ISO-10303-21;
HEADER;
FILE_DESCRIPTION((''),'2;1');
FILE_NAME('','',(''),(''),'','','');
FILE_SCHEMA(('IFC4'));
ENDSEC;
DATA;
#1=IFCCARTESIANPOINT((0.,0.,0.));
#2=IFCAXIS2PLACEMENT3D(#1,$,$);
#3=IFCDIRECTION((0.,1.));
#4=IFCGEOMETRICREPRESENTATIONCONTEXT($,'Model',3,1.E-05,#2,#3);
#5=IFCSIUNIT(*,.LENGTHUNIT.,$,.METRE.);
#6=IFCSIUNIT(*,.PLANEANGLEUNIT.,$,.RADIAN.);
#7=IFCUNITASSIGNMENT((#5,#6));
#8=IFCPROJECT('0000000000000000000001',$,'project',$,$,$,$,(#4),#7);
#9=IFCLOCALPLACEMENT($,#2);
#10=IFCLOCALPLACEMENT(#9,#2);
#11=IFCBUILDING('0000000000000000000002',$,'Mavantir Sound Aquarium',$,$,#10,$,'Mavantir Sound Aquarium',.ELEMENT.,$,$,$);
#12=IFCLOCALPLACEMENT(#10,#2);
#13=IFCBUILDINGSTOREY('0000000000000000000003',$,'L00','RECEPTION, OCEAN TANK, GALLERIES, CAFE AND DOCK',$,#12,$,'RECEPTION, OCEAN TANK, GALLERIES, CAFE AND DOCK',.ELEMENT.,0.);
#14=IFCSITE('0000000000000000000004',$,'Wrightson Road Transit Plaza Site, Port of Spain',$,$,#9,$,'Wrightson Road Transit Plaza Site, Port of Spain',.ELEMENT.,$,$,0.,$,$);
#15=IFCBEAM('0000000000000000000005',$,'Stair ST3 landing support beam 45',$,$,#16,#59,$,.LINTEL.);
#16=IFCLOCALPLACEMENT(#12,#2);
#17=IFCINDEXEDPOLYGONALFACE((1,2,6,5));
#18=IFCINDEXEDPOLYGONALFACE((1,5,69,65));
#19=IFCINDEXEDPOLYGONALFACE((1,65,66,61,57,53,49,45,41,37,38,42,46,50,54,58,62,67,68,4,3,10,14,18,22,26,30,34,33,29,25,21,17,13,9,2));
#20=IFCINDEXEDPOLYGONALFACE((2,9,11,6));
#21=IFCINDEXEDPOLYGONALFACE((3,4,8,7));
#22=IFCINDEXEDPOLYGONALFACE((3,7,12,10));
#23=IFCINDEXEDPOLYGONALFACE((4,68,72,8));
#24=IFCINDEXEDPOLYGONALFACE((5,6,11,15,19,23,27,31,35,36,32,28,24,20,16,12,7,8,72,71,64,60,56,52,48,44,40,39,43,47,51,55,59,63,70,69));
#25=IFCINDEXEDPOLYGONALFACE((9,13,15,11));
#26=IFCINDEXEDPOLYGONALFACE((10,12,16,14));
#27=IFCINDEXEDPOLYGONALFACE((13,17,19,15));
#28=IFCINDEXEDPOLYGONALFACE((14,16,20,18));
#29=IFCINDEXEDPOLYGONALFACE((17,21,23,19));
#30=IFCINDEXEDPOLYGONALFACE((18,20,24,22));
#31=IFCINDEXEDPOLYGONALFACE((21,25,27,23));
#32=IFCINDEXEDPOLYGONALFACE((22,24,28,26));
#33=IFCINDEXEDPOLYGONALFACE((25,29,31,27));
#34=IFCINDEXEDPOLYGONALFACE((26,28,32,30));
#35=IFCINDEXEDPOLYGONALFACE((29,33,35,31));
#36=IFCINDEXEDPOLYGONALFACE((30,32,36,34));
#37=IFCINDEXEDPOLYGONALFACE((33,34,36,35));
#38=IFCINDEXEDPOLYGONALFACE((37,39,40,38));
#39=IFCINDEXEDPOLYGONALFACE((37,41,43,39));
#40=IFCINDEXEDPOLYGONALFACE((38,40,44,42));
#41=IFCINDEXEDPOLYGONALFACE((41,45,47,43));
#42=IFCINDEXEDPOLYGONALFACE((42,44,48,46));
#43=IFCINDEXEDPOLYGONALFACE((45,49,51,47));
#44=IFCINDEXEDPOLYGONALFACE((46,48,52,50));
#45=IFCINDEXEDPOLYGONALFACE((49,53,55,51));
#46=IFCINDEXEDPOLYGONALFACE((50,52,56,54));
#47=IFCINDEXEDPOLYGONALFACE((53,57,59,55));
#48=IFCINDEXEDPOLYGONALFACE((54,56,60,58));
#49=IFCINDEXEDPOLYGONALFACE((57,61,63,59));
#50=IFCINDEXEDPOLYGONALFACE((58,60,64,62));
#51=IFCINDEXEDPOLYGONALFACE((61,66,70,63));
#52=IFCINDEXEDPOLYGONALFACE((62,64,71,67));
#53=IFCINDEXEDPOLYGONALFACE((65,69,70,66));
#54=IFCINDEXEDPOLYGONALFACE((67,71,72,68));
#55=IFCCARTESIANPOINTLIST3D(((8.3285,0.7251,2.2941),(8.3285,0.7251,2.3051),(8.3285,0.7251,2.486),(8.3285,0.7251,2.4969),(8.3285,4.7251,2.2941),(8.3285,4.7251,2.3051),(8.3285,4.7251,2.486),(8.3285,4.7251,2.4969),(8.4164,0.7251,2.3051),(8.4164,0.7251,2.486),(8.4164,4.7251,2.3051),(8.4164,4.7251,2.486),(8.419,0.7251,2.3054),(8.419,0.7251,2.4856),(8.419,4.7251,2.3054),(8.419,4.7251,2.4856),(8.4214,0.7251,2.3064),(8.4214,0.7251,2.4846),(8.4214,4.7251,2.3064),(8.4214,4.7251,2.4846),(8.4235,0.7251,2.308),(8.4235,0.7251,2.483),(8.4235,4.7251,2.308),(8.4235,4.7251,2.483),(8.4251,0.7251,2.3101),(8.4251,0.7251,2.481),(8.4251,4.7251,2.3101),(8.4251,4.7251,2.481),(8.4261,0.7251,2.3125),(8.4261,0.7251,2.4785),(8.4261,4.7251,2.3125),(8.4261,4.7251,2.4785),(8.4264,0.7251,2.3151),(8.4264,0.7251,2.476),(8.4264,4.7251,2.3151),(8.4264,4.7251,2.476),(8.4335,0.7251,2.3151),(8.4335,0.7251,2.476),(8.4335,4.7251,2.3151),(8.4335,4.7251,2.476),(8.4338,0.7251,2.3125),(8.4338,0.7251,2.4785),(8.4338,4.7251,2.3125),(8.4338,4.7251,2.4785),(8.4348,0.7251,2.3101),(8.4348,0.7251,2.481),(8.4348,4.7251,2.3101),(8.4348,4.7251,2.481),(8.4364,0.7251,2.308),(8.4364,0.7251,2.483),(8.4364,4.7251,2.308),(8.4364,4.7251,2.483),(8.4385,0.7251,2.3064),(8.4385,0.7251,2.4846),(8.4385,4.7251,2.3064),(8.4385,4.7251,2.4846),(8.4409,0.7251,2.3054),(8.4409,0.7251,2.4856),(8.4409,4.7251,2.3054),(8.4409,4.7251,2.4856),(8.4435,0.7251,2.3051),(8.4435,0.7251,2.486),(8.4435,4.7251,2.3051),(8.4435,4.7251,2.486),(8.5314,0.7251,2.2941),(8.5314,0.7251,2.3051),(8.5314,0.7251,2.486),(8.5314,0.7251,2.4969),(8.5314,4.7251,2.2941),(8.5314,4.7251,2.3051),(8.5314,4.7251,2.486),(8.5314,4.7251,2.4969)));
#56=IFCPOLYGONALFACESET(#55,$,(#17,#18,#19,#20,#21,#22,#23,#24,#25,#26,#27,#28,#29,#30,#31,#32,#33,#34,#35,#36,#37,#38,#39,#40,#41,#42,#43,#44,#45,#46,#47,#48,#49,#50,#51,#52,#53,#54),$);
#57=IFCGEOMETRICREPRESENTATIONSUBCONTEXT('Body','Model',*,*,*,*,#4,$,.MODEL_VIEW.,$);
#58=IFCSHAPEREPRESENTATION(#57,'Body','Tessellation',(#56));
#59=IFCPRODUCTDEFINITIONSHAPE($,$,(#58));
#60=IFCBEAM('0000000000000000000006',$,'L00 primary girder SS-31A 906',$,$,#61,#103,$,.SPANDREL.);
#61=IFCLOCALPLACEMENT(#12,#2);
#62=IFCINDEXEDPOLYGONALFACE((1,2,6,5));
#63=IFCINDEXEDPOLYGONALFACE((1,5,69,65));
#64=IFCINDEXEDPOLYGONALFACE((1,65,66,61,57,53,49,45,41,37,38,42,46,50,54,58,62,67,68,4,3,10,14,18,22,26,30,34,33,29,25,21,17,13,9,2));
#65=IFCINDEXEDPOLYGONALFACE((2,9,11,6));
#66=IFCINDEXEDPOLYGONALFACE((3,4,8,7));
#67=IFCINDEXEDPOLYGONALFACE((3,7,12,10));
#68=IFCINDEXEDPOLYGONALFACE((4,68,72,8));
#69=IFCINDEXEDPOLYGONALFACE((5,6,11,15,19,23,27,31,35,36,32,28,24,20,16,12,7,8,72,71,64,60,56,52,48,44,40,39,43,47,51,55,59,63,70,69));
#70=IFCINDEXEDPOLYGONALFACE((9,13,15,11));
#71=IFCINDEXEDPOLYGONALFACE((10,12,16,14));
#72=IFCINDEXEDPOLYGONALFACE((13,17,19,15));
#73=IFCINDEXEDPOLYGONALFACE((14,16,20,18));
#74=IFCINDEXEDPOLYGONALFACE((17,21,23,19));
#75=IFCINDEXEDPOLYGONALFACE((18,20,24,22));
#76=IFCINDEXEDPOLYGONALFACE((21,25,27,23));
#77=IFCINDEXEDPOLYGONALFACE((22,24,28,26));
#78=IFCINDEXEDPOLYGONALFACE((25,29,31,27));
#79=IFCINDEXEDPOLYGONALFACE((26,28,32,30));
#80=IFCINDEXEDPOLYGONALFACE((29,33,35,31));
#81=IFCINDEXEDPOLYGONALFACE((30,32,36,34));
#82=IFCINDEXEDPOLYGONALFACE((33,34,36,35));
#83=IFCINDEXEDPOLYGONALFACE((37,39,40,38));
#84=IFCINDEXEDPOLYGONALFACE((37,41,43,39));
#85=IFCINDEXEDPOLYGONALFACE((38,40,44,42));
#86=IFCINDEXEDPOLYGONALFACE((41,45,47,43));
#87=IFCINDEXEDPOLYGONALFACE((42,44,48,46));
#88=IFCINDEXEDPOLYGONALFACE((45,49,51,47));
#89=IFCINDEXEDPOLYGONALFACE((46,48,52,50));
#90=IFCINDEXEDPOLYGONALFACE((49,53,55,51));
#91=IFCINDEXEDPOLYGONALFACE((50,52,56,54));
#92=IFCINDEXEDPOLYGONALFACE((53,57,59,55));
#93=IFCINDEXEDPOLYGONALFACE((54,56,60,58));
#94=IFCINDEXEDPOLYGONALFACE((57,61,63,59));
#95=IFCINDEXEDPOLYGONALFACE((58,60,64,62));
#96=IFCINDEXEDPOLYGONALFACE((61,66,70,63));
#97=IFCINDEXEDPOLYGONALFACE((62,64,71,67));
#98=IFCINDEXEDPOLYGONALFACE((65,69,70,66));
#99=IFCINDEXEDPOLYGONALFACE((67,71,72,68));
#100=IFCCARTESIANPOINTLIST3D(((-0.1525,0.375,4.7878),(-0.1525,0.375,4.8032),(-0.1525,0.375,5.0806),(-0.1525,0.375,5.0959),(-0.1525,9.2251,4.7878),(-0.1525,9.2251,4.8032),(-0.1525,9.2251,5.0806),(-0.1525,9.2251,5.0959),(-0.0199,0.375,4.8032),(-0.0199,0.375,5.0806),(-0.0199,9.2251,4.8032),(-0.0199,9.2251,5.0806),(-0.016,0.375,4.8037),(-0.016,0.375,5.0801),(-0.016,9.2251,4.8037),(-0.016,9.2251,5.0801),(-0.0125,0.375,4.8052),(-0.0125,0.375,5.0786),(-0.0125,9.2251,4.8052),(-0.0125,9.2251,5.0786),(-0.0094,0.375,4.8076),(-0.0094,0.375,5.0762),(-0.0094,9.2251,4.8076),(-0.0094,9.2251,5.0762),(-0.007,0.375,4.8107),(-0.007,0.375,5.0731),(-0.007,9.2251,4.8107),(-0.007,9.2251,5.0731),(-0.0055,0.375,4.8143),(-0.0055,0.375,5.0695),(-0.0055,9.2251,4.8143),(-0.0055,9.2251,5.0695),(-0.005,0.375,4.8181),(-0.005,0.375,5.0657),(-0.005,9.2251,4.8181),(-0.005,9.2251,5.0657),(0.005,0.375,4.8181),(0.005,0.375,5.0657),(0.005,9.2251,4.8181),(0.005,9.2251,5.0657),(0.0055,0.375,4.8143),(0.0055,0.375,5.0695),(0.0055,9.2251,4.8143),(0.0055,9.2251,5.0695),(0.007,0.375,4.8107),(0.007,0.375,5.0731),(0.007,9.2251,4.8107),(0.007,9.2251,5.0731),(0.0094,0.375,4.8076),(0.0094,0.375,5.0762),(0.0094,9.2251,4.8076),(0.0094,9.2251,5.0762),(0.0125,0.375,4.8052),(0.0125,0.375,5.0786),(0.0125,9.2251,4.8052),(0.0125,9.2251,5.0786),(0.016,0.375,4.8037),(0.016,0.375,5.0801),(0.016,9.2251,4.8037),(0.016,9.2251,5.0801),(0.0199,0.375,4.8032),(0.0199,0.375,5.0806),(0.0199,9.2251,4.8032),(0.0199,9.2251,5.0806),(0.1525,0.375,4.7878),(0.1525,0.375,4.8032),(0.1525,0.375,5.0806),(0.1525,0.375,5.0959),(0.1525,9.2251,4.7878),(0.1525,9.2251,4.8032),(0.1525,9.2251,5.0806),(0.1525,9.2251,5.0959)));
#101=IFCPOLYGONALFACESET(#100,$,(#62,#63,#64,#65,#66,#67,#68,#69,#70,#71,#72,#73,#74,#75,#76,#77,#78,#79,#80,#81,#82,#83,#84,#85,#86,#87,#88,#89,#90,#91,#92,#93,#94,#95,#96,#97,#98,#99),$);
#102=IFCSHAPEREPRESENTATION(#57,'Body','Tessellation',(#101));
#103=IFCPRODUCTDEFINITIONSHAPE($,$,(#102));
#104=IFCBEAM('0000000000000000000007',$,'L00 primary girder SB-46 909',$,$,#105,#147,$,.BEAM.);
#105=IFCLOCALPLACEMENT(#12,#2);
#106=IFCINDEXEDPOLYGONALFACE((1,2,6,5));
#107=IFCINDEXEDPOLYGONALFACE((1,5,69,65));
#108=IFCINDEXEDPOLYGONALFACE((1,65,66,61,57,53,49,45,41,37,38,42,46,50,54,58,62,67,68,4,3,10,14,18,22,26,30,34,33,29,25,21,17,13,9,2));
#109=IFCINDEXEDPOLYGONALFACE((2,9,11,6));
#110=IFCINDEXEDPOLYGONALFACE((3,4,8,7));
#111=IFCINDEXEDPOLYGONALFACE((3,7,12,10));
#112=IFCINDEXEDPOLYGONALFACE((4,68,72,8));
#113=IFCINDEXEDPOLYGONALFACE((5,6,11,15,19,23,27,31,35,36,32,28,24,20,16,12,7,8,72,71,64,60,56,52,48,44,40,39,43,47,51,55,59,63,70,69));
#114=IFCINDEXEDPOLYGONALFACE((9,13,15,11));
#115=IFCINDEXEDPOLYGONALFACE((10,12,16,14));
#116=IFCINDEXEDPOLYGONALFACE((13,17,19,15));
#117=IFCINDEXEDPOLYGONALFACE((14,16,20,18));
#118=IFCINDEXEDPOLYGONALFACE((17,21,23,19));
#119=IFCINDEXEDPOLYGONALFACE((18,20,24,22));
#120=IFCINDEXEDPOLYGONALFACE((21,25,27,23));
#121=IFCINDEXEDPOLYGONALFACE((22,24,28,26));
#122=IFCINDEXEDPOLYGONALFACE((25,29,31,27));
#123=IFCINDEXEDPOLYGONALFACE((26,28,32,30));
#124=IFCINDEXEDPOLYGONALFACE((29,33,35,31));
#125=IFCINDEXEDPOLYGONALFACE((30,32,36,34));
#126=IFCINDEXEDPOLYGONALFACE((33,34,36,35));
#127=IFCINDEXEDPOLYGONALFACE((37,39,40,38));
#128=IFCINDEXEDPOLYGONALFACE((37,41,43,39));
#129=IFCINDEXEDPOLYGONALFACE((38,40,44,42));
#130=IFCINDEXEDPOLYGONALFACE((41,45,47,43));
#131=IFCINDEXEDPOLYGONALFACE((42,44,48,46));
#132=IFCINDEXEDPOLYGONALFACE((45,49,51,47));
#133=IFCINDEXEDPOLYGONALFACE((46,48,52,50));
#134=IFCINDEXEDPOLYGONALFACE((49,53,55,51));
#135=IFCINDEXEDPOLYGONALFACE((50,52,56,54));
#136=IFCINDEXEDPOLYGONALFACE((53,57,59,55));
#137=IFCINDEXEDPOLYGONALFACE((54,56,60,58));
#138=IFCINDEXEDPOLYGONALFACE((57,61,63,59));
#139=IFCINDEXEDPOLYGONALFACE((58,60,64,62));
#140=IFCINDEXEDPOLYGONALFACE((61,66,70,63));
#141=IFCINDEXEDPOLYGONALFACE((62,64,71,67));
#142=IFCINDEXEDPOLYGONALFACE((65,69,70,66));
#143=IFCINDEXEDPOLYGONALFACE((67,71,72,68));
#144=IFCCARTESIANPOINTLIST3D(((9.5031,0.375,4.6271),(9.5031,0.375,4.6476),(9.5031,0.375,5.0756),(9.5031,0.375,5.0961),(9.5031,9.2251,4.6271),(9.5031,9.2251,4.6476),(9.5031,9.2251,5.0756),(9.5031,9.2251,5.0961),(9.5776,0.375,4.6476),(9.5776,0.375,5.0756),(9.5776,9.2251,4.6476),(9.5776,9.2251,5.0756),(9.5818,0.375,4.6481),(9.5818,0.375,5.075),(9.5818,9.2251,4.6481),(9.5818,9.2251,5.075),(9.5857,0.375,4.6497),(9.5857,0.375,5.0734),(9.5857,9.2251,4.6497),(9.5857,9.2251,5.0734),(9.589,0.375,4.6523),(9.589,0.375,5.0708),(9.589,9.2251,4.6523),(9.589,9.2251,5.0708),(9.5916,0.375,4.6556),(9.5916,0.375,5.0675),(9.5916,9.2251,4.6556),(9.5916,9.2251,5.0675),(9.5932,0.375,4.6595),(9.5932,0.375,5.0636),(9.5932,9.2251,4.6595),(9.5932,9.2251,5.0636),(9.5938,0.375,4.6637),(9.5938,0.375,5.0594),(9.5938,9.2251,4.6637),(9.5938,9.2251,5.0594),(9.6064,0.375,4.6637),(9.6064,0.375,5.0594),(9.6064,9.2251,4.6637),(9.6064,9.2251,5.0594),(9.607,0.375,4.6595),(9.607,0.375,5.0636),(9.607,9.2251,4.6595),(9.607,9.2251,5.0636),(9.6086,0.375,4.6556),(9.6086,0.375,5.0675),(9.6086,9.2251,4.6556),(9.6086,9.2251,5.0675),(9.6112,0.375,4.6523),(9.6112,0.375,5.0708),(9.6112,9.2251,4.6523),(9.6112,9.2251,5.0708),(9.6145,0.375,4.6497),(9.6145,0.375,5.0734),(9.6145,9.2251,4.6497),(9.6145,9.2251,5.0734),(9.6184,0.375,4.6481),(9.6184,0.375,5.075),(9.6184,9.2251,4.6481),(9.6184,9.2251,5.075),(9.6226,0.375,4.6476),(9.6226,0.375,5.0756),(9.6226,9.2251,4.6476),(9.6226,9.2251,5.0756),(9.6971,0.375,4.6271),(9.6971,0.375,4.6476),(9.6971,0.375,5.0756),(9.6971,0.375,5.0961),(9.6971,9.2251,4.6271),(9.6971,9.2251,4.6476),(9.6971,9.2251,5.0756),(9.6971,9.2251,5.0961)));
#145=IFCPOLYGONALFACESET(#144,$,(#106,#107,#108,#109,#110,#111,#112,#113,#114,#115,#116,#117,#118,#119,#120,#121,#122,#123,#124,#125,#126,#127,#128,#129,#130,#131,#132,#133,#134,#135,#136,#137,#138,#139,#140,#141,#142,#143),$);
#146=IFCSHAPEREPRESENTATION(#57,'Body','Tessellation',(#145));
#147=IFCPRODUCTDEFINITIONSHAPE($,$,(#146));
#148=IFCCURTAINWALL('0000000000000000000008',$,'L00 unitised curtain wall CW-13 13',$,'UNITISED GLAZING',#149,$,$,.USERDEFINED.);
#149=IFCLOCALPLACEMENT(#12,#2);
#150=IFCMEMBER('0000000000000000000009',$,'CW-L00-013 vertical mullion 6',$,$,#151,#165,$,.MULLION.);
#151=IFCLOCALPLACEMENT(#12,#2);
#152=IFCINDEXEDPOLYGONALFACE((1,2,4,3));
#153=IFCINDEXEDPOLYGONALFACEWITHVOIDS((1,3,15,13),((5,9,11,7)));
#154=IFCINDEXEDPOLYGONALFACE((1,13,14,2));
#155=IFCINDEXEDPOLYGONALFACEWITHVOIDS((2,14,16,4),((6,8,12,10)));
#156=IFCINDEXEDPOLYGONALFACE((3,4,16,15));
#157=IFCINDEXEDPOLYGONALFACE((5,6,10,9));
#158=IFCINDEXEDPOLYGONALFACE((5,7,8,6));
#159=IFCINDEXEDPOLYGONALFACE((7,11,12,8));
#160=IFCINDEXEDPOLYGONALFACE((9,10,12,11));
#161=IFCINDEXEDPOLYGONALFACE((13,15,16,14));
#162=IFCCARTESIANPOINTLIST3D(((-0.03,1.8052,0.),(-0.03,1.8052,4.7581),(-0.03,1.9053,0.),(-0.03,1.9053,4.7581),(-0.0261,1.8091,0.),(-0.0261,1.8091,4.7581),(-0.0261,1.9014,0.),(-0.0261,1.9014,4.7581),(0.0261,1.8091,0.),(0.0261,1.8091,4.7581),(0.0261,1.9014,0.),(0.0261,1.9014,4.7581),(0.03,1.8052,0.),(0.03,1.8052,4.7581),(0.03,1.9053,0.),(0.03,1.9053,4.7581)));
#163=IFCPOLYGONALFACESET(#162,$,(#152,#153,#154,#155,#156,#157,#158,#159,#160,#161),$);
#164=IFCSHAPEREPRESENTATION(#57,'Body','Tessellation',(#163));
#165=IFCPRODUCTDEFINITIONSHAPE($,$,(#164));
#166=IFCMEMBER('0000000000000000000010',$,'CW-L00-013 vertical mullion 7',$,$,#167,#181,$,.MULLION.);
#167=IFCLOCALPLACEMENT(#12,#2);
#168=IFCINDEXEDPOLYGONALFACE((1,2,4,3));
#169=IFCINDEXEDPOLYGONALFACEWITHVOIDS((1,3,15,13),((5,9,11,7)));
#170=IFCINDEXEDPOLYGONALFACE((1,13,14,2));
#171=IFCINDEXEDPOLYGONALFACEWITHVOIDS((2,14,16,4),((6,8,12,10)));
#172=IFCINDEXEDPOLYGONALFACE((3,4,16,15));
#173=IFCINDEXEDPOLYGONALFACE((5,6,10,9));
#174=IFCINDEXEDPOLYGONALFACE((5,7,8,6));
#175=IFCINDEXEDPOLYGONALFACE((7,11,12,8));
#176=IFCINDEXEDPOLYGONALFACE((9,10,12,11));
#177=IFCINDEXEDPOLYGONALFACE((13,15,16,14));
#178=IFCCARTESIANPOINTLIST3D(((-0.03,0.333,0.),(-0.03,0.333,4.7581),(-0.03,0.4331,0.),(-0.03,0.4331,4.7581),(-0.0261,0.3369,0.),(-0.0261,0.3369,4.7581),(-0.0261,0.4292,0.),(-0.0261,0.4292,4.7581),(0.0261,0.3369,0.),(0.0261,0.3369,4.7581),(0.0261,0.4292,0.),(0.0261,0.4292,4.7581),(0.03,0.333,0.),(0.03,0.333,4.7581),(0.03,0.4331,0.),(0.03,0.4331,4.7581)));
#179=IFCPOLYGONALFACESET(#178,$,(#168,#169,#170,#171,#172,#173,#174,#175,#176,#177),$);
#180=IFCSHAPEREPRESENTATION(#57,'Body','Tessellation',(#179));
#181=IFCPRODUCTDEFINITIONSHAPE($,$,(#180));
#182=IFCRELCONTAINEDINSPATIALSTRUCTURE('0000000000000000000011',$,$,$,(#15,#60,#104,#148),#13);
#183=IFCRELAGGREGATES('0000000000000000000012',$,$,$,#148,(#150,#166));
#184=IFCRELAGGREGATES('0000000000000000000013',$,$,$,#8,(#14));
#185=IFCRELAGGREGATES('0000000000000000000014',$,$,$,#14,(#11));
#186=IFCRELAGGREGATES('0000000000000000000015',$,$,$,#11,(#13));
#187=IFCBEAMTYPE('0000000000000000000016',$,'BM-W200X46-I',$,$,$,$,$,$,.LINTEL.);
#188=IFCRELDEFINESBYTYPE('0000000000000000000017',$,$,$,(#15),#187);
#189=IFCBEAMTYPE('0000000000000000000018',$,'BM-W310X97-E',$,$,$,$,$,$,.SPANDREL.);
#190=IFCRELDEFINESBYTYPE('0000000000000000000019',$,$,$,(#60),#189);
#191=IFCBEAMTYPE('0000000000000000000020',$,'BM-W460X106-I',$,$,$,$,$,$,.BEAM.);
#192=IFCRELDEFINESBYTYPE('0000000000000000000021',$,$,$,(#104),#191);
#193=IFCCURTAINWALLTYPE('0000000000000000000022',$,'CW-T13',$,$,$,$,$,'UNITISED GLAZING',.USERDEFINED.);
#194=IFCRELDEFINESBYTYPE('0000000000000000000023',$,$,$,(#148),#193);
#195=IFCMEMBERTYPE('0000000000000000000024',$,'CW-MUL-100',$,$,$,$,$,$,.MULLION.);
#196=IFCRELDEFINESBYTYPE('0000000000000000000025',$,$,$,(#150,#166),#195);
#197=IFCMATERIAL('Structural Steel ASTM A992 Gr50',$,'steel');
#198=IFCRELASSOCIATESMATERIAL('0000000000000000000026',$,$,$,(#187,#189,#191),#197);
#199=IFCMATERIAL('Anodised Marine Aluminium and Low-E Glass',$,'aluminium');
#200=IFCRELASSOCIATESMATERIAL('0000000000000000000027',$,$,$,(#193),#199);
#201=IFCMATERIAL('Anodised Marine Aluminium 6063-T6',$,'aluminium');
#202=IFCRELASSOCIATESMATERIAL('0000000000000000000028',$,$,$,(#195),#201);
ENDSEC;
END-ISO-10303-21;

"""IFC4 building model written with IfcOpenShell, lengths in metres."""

from ifc_helpers import new_model, si_unit, direction, frame, origin, origin_2d, place, context, subcontext, project, spatial, hollow_rectangle, i_section, extrude, material, material_profile, profile_set, type_object, element, aggregate, save


model = new_model("IFC4")

# Units and contexts
model_context = context("Model", 3, precision=1e-05, world=origin(), true_north=direction((0.0, 1.0)))
body_context = subcontext(model_context, "Body", "Model", "MODEL_VIEW")
ifc_project = project(units=[si_unit("LENGTHUNIT", "METRE"), si_unit("PLANEANGLEUNIT", "RADIAN")], contexts=[model_context])

# Site, building, storey
site_placement = place(None, origin())
site = spatial("IfcSite", under=ifc_project, at=site_placement, Name="Wrightson Road Transit Plaza Site, Port of Spain", LongName="Wrightson Road Transit Plaza Site, Port of Spain", CompositionType="ELEMENT", RefElevation=0.0)
building_placement = place(site_placement, origin())
building = spatial("IfcBuilding", under=site, at=building_placement, Name="Mavantir Sound Aquarium", LongName="Mavantir Sound Aquarium", CompositionType="ELEMENT")
storey_placement = place(building_placement, origin())
storey = spatial("IfcBuildingStorey", under=building, at=storey_placement, Name="L00", Description="RECEPTION, OCEAN TANK, GALLERIES, CAFE AND DOCK", LongName="RECEPTION, OCEAN TANK, GALLERIES, CAFE AND DOCK", CompositionType="ELEMENT", Elevation=0.0)

# Beams
ifc_material_1 = material(Name="Structural Steel ASTM A992 Gr50", Category="steel")
ifc_material_profile_1 = material_profile(ifc_material_1, i_section(OverallWidth=0.2029, OverallDepth=0.2029, WebThickness=0.0071, FlangeThickness=0.011, FilletRadius=0.01, at=origin_2d()), Name="W200X46")
ifc_profile_set_1 = profile_set([ifc_material_profile_1], Name="Structural Steel ASTM A992 Gr50")
beam_type_1 = type_object("IfcBeamType", Name="BM-W200X46-I", PredefinedType="LINTEL", material=ifc_profile_set_1)
for number, where, z_axis, x_axis, name in (
    (1, (8.4299, 0.7251, 2.3955), (0.0, 1.0, 0.0), (-1.0, 0.0, 0.0), "Stair ST3 landing support beam 45"),
):
    element("IfcBeam", number, at=place(storey_placement, frame(where, z_axis=z_axis, x_axis=x_axis)), inside=storey, type_object=beam_type_1, Name=name, PredefinedType="LINTEL", context=body_context, shape_type="SweptSolid", body=[
        extrude(i_section(OverallWidth=0.2029, OverallDepth=0.2029, WebThickness=0.0071, FlangeThickness=0.011, FilletRadius=0.01, at=origin_2d()), origin(), (0.0, 0.0, 1.0), 4.0),
    ])
ifc_material_profile_2 = material_profile(ifc_material_1, i_section(OverallWidth=0.3049, OverallDepth=0.3081, WebThickness=0.01, FlangeThickness=0.0154, FilletRadius=0.0149, at=origin_2d()), Name="W310X97")
ifc_profile_set_2 = profile_set([ifc_material_profile_2], Name="Structural Steel ASTM A992 Gr50")
beam_type_2 = type_object("IfcBeamType", Name="BM-W310X97-E", PredefinedType="SPANDREL", material=ifc_profile_set_2)
beam_1_placement = place(storey_placement, frame((0.0, 0.375, 4.9419), z_axis=(0.0, 1.0, 0.0), x_axis=(-1.0, 0.0, 0.0)))
element("IfcBeam", 2, at=beam_1_placement, inside=storey, type_object=beam_type_2, Name="L00 primary girder SS-31A 906", PredefinedType="SPANDREL", context=body_context, shape_type="SweptSolid", body=[
    extrude(i_section(OverallWidth=0.3049, OverallDepth=0.3081, WebThickness=0.01, FlangeThickness=0.0154, FilletRadius=0.0149, at=origin_2d()), origin(), (0.0, 0.0, 1.0), 8.8501),
])
ifc_material_profile_3 = material_profile(ifc_material_1, i_section(OverallWidth=0.1941, OverallDepth=0.469, WebThickness=0.0127, FlangeThickness=0.0205, FilletRadius=0.0161, at=origin_2d()), Name="W460X106")
ifc_profile_set_3 = profile_set([ifc_material_profile_3], Name="Structural Steel ASTM A992 Gr50")
beam_type_3 = type_object("IfcBeamType", Name="BM-W460X106-I", PredefinedType="BEAM", material=ifc_profile_set_3)
beam_2_placement = place(storey_placement, frame((9.6001, 0.375, 4.8616), z_axis=(0.0, 1.0, 0.0), x_axis=(-1.0, 0.0, 0.0)))
element("IfcBeam", 3, at=beam_2_placement, inside=storey, type_object=beam_type_3, Name="L00 primary girder SB-46 909", PredefinedType="BEAM", context=body_context, shape_type="SweptSolid", body=[
    extrude(i_section(OverallWidth=0.1941, OverallDepth=0.469, WebThickness=0.0127, FlangeThickness=0.0205, FilletRadius=0.0161, at=origin_2d()), origin(), (0.0, 0.0, 1.0), 8.8501),
])

# Curtain wall, members
ifc_material_2 = material(Name="Anodised Marine Aluminium and Low-E Glass", Category="aluminium")
curtain_wall_type = type_object("IfcCurtainWallType", Name="CW-T13", ElementType="UNITISED GLAZING", PredefinedType="USERDEFINED", material=ifc_material_2)
curtain_wall_placement = place(storey_placement, origin())
curtain_wall = element("IfcCurtainWall", 4, at=curtain_wall_placement, inside=storey, type_object=curtain_wall_type, Name="L00 unitised curtain wall CW-13 13", ObjectType="UNITISED GLAZING", PredefinedType="USERDEFINED")
ifc_material_3 = material(Name="Anodised Marine Aluminium 6063-T6", Category="aluminium")
ifc_material_profile_4 = material_profile(ifc_material_3, hollow_rectangle(XDim=0.0601, YDim=0.1001, WallThickness=0.0039, at=origin_2d()), Name="ALU-MULLION-100X60")
ifc_profile_set_4 = profile_set([ifc_material_profile_4], Name="Anodised Marine Aluminium 6063-T6")
member_type_1 = type_object("IfcMemberType", Name="CW-MUL-100", PredefinedType="MULLION", material=ifc_profile_set_4)
member_1_placement = place(storey_placement, frame((0.0, 1.8552, 0.0), z_axis=(0.0, 0.0, 1.0), x_axis=(1.0, 0.0, 0.0)))
member_1 = element("IfcMember", 5, at=member_1_placement, type_object=member_type_1, Name="CW-L00-013 vertical mullion 6", PredefinedType="MULLION", context=body_context, shape_type="SweptSolid", body=[
    extrude(hollow_rectangle(XDim=0.0601, YDim=0.1001, WallThickness=0.0039, at=origin_2d()), origin(), (0.0, 0.0, 1.0), 4.7581),
])
member_2_placement = place(storey_placement, frame((0.0, 0.3831, 0.0), z_axis=(0.0, 0.0, 1.0), x_axis=(1.0, 0.0, 0.0)))
member_2 = element("IfcMember", 6, at=member_2_placement, type_object=member_type_1, Name="CW-L00-013 vertical mullion 7", PredefinedType="MULLION", context=body_context, shape_type="SweptSolid", body=[
    extrude(hollow_rectangle(XDim=0.0601, YDim=0.1001, WallThickness=0.0039, at=origin_2d()), origin(), (0.0, 0.0, 1.0), 4.7581),
])
aggregate(curtain_wall, [member_1, member_2])

save(model, "model.ifc")
